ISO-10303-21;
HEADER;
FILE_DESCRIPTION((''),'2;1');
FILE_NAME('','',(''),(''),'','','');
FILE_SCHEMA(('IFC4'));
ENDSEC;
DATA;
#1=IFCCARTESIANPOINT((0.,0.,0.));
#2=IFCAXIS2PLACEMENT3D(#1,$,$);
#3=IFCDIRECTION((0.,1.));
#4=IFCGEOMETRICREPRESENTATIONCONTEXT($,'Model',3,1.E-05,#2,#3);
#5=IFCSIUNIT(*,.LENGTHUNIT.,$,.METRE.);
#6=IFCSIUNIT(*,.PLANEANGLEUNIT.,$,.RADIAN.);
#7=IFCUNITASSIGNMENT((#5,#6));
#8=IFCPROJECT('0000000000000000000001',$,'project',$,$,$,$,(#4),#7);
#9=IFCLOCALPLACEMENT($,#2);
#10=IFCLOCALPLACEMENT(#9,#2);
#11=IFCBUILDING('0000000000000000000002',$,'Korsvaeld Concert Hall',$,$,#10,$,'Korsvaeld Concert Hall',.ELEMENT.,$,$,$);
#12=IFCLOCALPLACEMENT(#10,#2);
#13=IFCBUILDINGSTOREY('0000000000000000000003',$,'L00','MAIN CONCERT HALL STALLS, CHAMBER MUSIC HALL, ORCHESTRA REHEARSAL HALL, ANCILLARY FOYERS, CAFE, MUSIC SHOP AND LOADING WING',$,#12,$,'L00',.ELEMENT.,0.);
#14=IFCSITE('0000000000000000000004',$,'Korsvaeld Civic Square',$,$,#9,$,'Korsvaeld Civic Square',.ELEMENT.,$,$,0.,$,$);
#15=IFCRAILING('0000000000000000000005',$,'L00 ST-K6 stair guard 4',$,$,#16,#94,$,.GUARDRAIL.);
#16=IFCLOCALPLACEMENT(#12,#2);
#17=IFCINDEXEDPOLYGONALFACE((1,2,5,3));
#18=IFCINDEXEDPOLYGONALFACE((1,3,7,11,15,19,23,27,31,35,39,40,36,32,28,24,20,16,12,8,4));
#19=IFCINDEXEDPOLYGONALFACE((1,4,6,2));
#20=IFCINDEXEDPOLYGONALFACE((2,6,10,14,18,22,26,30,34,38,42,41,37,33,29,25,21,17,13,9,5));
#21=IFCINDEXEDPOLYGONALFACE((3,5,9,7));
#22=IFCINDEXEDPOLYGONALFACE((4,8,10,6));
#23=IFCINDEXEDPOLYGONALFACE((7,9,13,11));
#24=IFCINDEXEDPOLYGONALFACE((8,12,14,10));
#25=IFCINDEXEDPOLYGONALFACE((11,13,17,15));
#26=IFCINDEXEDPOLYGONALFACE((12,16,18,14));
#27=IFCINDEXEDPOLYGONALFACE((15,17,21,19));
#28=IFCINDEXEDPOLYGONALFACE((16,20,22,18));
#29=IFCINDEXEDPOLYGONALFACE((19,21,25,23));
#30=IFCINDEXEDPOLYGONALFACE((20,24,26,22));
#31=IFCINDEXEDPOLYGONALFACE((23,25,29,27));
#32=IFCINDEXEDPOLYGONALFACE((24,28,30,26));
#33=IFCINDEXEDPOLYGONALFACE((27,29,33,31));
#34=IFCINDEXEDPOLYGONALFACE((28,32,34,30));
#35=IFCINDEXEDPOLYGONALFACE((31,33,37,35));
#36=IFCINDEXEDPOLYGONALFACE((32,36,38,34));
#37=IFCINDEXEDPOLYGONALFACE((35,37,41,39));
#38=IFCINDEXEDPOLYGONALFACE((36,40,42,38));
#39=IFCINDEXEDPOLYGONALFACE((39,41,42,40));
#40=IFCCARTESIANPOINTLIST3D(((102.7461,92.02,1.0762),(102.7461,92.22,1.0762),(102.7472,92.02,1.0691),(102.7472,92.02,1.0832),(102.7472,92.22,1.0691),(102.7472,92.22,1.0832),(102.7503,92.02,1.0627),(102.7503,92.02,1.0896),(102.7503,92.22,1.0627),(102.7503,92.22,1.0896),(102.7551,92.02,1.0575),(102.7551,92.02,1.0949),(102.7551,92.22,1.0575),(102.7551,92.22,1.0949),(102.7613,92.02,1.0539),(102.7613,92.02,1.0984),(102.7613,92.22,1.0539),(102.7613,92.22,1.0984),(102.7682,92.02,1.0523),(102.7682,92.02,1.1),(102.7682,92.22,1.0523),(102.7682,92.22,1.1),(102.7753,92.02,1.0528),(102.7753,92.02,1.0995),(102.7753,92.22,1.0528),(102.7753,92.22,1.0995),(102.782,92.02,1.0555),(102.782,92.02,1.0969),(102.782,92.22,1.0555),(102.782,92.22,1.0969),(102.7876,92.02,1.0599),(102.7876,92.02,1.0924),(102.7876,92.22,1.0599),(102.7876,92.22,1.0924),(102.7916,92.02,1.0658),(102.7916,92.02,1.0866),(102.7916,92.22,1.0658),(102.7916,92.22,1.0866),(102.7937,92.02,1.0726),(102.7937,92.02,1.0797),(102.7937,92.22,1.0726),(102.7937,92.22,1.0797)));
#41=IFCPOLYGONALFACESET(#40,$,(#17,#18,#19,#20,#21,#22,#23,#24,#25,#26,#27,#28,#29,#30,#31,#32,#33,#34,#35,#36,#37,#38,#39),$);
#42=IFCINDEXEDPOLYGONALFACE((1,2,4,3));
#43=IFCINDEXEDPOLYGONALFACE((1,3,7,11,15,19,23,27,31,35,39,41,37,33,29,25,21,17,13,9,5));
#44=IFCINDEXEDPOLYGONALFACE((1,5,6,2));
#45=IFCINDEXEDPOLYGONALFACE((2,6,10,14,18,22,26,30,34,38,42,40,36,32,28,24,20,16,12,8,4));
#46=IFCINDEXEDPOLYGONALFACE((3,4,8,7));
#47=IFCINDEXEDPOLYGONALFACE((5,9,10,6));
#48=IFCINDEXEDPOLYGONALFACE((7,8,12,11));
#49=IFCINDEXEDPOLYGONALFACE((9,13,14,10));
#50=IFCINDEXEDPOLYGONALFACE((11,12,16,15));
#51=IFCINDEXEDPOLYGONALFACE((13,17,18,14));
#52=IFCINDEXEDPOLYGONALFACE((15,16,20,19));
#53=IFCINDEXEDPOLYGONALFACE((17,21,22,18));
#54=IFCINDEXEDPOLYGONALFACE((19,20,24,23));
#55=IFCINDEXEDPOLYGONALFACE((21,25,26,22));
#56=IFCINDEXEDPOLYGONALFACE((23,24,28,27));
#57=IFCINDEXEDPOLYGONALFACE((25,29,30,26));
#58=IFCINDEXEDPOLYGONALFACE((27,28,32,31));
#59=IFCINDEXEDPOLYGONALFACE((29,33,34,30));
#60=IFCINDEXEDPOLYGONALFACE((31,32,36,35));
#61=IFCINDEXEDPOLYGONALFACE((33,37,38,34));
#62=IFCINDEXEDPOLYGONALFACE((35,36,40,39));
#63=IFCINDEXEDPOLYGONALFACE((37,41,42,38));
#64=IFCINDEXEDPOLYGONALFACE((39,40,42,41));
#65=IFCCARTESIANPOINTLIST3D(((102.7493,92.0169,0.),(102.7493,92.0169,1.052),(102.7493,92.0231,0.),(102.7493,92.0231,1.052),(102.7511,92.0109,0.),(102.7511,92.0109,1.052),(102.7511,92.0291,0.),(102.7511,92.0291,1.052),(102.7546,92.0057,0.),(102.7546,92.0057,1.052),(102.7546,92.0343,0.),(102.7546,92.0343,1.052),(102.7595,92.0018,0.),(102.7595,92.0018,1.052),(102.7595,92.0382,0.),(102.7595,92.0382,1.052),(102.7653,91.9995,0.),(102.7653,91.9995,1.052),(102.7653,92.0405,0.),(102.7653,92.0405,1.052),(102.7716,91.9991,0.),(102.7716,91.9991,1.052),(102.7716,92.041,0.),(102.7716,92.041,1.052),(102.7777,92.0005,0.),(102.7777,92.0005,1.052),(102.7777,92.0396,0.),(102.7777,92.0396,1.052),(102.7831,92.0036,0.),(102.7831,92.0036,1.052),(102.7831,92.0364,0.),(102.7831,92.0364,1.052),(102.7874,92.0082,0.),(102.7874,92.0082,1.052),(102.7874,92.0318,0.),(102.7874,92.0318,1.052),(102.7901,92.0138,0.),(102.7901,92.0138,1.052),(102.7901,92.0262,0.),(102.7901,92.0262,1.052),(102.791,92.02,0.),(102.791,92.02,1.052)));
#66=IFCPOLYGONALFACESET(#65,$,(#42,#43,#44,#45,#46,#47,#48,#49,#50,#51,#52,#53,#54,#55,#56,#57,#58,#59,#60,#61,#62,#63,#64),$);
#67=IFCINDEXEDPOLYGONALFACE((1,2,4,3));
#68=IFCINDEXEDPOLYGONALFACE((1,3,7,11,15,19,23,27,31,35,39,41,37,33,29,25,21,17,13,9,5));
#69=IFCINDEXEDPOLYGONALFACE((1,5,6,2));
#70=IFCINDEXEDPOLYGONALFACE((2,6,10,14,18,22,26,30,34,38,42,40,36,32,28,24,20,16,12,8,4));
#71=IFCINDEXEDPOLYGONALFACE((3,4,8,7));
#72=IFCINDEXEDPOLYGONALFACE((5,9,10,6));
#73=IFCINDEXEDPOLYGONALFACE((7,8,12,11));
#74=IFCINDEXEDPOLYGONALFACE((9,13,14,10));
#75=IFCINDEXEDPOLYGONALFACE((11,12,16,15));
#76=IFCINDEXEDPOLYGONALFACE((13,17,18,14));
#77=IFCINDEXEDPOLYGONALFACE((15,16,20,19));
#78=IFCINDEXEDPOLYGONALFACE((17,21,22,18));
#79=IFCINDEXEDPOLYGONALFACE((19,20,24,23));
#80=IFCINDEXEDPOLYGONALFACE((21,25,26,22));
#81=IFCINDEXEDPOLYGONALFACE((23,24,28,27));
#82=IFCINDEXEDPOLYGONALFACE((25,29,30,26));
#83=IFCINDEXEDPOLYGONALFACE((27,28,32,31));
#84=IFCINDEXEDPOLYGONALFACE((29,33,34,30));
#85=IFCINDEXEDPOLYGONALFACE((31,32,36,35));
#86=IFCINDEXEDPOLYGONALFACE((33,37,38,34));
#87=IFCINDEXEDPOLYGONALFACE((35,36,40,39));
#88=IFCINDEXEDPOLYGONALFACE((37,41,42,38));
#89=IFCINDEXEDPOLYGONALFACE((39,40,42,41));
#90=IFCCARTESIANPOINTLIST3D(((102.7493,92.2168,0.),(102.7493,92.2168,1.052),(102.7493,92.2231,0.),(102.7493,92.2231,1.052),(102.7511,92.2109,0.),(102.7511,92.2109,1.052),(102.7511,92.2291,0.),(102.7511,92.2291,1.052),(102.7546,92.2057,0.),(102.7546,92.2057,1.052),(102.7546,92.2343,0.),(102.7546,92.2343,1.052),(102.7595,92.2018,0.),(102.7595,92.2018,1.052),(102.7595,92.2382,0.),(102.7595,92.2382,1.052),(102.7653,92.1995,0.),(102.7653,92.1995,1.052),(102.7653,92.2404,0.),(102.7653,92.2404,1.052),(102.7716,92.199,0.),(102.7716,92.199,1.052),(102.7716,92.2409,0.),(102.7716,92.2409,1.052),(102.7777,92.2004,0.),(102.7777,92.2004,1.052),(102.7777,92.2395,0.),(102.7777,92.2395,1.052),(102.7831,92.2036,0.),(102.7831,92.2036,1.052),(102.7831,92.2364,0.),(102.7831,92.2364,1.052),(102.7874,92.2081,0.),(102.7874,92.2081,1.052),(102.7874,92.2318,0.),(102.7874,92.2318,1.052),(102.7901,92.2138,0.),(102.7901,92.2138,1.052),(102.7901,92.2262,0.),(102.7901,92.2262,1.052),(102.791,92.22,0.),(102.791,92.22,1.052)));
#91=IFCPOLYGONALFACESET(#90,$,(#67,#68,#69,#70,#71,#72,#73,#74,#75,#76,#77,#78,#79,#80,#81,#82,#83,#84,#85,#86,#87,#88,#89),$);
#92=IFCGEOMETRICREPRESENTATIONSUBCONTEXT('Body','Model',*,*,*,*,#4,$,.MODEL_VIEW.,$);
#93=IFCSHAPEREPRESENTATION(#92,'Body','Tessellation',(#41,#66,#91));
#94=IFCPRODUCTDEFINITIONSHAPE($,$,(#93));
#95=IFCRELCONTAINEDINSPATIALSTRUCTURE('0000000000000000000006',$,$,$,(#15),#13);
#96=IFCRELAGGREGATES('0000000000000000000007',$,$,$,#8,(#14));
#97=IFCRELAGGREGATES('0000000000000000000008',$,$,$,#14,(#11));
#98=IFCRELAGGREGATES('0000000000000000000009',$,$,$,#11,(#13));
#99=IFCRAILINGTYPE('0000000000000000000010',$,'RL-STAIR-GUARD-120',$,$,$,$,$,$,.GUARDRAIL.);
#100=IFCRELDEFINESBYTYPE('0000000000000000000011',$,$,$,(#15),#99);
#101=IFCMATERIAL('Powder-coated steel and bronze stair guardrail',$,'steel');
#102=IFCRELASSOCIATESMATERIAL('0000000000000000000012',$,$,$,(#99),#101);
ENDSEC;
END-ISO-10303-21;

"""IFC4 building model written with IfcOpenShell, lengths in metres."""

from ifc_helpers import new_model, si_unit, direction, frame, origin, origin_2d, place, context, subcontext, project, spatial, circle, extrude, material, type_object, element, save


model = new_model("IFC4")

# Units and contexts
model_context = context("Model", 3, precision=1e-05, world=origin(), true_north=direction((0.0, 1.0)))
body_context = subcontext(model_context, "Body", "Model", "MODEL_VIEW")
ifc_project = project(units=[si_unit("LENGTHUNIT", "METRE"), si_unit("PLANEANGLEUNIT", "RADIAN")], contexts=[model_context])

# Site, building, storey
site_placement = place(None, origin())
site = spatial("IfcSite", under=ifc_project, at=site_placement, Name="Korsvaeld Civic Square", LongName="Korsvaeld Civic Square", CompositionType="ELEMENT", RefElevation=0.0)
building_placement = place(site_placement, origin())
building = spatial("IfcBuilding", under=site, at=building_placement, Name="Korsvaeld Concert Hall", LongName="Korsvaeld Concert Hall", CompositionType="ELEMENT")
storey_placement = place(building_placement, origin())
storey = spatial("IfcBuildingStorey", under=building, at=storey_placement, Name="L00", Description="MAIN CONCERT HALL STALLS, CHAMBER MUSIC HALL, ORCHESTRA REHEARSAL HALL, ANCILLARY FOYERS, CAFE, MUSIC SHOP AND LOADING WING", LongName="L00", CompositionType="ELEMENT", Elevation=0.0)

# Railing
ifc_material_1 = material(Name="Powder-coated steel and bronze stair guardrail", Category="steel")
railing_type_1 = type_object("IfcRailingType", Name="RL-STAIR-GUARD-120", PredefinedType="GUARDRAIL", material=ifc_material_1)
railing_1_placement = place(storey_placement, frame((102.77, 92.02, 0.0)))
element("IfcRailing", 1, at=railing_1_placement, inside=storey, type_object=railing_type_1, Name="L00 ST-K6 stair guard 4", PredefinedType="GUARDRAIL", context=body_context, shape_type="SweptSolid", body=[
    extrude(circle(Radius=0.0239, at=origin_2d()), frame((0.0, 0.0, 1.0762), z_axis=(0.0, 1.0, 0.0), x_axis=(-1.0, 0.0, 0.0)), (0.0, 0.0, 1.0), 0.2),
    extrude(circle(Radius=0.021, at=origin_2d()), origin(), (0.0, 0.0, 1.0), 1.052),
    extrude(circle(Radius=0.021, at=origin_2d()), frame((0.0, 0.2, 0.0)), (0.0, 0.0, 1.0), 1.052),
])

save(model, "model.ifc")
